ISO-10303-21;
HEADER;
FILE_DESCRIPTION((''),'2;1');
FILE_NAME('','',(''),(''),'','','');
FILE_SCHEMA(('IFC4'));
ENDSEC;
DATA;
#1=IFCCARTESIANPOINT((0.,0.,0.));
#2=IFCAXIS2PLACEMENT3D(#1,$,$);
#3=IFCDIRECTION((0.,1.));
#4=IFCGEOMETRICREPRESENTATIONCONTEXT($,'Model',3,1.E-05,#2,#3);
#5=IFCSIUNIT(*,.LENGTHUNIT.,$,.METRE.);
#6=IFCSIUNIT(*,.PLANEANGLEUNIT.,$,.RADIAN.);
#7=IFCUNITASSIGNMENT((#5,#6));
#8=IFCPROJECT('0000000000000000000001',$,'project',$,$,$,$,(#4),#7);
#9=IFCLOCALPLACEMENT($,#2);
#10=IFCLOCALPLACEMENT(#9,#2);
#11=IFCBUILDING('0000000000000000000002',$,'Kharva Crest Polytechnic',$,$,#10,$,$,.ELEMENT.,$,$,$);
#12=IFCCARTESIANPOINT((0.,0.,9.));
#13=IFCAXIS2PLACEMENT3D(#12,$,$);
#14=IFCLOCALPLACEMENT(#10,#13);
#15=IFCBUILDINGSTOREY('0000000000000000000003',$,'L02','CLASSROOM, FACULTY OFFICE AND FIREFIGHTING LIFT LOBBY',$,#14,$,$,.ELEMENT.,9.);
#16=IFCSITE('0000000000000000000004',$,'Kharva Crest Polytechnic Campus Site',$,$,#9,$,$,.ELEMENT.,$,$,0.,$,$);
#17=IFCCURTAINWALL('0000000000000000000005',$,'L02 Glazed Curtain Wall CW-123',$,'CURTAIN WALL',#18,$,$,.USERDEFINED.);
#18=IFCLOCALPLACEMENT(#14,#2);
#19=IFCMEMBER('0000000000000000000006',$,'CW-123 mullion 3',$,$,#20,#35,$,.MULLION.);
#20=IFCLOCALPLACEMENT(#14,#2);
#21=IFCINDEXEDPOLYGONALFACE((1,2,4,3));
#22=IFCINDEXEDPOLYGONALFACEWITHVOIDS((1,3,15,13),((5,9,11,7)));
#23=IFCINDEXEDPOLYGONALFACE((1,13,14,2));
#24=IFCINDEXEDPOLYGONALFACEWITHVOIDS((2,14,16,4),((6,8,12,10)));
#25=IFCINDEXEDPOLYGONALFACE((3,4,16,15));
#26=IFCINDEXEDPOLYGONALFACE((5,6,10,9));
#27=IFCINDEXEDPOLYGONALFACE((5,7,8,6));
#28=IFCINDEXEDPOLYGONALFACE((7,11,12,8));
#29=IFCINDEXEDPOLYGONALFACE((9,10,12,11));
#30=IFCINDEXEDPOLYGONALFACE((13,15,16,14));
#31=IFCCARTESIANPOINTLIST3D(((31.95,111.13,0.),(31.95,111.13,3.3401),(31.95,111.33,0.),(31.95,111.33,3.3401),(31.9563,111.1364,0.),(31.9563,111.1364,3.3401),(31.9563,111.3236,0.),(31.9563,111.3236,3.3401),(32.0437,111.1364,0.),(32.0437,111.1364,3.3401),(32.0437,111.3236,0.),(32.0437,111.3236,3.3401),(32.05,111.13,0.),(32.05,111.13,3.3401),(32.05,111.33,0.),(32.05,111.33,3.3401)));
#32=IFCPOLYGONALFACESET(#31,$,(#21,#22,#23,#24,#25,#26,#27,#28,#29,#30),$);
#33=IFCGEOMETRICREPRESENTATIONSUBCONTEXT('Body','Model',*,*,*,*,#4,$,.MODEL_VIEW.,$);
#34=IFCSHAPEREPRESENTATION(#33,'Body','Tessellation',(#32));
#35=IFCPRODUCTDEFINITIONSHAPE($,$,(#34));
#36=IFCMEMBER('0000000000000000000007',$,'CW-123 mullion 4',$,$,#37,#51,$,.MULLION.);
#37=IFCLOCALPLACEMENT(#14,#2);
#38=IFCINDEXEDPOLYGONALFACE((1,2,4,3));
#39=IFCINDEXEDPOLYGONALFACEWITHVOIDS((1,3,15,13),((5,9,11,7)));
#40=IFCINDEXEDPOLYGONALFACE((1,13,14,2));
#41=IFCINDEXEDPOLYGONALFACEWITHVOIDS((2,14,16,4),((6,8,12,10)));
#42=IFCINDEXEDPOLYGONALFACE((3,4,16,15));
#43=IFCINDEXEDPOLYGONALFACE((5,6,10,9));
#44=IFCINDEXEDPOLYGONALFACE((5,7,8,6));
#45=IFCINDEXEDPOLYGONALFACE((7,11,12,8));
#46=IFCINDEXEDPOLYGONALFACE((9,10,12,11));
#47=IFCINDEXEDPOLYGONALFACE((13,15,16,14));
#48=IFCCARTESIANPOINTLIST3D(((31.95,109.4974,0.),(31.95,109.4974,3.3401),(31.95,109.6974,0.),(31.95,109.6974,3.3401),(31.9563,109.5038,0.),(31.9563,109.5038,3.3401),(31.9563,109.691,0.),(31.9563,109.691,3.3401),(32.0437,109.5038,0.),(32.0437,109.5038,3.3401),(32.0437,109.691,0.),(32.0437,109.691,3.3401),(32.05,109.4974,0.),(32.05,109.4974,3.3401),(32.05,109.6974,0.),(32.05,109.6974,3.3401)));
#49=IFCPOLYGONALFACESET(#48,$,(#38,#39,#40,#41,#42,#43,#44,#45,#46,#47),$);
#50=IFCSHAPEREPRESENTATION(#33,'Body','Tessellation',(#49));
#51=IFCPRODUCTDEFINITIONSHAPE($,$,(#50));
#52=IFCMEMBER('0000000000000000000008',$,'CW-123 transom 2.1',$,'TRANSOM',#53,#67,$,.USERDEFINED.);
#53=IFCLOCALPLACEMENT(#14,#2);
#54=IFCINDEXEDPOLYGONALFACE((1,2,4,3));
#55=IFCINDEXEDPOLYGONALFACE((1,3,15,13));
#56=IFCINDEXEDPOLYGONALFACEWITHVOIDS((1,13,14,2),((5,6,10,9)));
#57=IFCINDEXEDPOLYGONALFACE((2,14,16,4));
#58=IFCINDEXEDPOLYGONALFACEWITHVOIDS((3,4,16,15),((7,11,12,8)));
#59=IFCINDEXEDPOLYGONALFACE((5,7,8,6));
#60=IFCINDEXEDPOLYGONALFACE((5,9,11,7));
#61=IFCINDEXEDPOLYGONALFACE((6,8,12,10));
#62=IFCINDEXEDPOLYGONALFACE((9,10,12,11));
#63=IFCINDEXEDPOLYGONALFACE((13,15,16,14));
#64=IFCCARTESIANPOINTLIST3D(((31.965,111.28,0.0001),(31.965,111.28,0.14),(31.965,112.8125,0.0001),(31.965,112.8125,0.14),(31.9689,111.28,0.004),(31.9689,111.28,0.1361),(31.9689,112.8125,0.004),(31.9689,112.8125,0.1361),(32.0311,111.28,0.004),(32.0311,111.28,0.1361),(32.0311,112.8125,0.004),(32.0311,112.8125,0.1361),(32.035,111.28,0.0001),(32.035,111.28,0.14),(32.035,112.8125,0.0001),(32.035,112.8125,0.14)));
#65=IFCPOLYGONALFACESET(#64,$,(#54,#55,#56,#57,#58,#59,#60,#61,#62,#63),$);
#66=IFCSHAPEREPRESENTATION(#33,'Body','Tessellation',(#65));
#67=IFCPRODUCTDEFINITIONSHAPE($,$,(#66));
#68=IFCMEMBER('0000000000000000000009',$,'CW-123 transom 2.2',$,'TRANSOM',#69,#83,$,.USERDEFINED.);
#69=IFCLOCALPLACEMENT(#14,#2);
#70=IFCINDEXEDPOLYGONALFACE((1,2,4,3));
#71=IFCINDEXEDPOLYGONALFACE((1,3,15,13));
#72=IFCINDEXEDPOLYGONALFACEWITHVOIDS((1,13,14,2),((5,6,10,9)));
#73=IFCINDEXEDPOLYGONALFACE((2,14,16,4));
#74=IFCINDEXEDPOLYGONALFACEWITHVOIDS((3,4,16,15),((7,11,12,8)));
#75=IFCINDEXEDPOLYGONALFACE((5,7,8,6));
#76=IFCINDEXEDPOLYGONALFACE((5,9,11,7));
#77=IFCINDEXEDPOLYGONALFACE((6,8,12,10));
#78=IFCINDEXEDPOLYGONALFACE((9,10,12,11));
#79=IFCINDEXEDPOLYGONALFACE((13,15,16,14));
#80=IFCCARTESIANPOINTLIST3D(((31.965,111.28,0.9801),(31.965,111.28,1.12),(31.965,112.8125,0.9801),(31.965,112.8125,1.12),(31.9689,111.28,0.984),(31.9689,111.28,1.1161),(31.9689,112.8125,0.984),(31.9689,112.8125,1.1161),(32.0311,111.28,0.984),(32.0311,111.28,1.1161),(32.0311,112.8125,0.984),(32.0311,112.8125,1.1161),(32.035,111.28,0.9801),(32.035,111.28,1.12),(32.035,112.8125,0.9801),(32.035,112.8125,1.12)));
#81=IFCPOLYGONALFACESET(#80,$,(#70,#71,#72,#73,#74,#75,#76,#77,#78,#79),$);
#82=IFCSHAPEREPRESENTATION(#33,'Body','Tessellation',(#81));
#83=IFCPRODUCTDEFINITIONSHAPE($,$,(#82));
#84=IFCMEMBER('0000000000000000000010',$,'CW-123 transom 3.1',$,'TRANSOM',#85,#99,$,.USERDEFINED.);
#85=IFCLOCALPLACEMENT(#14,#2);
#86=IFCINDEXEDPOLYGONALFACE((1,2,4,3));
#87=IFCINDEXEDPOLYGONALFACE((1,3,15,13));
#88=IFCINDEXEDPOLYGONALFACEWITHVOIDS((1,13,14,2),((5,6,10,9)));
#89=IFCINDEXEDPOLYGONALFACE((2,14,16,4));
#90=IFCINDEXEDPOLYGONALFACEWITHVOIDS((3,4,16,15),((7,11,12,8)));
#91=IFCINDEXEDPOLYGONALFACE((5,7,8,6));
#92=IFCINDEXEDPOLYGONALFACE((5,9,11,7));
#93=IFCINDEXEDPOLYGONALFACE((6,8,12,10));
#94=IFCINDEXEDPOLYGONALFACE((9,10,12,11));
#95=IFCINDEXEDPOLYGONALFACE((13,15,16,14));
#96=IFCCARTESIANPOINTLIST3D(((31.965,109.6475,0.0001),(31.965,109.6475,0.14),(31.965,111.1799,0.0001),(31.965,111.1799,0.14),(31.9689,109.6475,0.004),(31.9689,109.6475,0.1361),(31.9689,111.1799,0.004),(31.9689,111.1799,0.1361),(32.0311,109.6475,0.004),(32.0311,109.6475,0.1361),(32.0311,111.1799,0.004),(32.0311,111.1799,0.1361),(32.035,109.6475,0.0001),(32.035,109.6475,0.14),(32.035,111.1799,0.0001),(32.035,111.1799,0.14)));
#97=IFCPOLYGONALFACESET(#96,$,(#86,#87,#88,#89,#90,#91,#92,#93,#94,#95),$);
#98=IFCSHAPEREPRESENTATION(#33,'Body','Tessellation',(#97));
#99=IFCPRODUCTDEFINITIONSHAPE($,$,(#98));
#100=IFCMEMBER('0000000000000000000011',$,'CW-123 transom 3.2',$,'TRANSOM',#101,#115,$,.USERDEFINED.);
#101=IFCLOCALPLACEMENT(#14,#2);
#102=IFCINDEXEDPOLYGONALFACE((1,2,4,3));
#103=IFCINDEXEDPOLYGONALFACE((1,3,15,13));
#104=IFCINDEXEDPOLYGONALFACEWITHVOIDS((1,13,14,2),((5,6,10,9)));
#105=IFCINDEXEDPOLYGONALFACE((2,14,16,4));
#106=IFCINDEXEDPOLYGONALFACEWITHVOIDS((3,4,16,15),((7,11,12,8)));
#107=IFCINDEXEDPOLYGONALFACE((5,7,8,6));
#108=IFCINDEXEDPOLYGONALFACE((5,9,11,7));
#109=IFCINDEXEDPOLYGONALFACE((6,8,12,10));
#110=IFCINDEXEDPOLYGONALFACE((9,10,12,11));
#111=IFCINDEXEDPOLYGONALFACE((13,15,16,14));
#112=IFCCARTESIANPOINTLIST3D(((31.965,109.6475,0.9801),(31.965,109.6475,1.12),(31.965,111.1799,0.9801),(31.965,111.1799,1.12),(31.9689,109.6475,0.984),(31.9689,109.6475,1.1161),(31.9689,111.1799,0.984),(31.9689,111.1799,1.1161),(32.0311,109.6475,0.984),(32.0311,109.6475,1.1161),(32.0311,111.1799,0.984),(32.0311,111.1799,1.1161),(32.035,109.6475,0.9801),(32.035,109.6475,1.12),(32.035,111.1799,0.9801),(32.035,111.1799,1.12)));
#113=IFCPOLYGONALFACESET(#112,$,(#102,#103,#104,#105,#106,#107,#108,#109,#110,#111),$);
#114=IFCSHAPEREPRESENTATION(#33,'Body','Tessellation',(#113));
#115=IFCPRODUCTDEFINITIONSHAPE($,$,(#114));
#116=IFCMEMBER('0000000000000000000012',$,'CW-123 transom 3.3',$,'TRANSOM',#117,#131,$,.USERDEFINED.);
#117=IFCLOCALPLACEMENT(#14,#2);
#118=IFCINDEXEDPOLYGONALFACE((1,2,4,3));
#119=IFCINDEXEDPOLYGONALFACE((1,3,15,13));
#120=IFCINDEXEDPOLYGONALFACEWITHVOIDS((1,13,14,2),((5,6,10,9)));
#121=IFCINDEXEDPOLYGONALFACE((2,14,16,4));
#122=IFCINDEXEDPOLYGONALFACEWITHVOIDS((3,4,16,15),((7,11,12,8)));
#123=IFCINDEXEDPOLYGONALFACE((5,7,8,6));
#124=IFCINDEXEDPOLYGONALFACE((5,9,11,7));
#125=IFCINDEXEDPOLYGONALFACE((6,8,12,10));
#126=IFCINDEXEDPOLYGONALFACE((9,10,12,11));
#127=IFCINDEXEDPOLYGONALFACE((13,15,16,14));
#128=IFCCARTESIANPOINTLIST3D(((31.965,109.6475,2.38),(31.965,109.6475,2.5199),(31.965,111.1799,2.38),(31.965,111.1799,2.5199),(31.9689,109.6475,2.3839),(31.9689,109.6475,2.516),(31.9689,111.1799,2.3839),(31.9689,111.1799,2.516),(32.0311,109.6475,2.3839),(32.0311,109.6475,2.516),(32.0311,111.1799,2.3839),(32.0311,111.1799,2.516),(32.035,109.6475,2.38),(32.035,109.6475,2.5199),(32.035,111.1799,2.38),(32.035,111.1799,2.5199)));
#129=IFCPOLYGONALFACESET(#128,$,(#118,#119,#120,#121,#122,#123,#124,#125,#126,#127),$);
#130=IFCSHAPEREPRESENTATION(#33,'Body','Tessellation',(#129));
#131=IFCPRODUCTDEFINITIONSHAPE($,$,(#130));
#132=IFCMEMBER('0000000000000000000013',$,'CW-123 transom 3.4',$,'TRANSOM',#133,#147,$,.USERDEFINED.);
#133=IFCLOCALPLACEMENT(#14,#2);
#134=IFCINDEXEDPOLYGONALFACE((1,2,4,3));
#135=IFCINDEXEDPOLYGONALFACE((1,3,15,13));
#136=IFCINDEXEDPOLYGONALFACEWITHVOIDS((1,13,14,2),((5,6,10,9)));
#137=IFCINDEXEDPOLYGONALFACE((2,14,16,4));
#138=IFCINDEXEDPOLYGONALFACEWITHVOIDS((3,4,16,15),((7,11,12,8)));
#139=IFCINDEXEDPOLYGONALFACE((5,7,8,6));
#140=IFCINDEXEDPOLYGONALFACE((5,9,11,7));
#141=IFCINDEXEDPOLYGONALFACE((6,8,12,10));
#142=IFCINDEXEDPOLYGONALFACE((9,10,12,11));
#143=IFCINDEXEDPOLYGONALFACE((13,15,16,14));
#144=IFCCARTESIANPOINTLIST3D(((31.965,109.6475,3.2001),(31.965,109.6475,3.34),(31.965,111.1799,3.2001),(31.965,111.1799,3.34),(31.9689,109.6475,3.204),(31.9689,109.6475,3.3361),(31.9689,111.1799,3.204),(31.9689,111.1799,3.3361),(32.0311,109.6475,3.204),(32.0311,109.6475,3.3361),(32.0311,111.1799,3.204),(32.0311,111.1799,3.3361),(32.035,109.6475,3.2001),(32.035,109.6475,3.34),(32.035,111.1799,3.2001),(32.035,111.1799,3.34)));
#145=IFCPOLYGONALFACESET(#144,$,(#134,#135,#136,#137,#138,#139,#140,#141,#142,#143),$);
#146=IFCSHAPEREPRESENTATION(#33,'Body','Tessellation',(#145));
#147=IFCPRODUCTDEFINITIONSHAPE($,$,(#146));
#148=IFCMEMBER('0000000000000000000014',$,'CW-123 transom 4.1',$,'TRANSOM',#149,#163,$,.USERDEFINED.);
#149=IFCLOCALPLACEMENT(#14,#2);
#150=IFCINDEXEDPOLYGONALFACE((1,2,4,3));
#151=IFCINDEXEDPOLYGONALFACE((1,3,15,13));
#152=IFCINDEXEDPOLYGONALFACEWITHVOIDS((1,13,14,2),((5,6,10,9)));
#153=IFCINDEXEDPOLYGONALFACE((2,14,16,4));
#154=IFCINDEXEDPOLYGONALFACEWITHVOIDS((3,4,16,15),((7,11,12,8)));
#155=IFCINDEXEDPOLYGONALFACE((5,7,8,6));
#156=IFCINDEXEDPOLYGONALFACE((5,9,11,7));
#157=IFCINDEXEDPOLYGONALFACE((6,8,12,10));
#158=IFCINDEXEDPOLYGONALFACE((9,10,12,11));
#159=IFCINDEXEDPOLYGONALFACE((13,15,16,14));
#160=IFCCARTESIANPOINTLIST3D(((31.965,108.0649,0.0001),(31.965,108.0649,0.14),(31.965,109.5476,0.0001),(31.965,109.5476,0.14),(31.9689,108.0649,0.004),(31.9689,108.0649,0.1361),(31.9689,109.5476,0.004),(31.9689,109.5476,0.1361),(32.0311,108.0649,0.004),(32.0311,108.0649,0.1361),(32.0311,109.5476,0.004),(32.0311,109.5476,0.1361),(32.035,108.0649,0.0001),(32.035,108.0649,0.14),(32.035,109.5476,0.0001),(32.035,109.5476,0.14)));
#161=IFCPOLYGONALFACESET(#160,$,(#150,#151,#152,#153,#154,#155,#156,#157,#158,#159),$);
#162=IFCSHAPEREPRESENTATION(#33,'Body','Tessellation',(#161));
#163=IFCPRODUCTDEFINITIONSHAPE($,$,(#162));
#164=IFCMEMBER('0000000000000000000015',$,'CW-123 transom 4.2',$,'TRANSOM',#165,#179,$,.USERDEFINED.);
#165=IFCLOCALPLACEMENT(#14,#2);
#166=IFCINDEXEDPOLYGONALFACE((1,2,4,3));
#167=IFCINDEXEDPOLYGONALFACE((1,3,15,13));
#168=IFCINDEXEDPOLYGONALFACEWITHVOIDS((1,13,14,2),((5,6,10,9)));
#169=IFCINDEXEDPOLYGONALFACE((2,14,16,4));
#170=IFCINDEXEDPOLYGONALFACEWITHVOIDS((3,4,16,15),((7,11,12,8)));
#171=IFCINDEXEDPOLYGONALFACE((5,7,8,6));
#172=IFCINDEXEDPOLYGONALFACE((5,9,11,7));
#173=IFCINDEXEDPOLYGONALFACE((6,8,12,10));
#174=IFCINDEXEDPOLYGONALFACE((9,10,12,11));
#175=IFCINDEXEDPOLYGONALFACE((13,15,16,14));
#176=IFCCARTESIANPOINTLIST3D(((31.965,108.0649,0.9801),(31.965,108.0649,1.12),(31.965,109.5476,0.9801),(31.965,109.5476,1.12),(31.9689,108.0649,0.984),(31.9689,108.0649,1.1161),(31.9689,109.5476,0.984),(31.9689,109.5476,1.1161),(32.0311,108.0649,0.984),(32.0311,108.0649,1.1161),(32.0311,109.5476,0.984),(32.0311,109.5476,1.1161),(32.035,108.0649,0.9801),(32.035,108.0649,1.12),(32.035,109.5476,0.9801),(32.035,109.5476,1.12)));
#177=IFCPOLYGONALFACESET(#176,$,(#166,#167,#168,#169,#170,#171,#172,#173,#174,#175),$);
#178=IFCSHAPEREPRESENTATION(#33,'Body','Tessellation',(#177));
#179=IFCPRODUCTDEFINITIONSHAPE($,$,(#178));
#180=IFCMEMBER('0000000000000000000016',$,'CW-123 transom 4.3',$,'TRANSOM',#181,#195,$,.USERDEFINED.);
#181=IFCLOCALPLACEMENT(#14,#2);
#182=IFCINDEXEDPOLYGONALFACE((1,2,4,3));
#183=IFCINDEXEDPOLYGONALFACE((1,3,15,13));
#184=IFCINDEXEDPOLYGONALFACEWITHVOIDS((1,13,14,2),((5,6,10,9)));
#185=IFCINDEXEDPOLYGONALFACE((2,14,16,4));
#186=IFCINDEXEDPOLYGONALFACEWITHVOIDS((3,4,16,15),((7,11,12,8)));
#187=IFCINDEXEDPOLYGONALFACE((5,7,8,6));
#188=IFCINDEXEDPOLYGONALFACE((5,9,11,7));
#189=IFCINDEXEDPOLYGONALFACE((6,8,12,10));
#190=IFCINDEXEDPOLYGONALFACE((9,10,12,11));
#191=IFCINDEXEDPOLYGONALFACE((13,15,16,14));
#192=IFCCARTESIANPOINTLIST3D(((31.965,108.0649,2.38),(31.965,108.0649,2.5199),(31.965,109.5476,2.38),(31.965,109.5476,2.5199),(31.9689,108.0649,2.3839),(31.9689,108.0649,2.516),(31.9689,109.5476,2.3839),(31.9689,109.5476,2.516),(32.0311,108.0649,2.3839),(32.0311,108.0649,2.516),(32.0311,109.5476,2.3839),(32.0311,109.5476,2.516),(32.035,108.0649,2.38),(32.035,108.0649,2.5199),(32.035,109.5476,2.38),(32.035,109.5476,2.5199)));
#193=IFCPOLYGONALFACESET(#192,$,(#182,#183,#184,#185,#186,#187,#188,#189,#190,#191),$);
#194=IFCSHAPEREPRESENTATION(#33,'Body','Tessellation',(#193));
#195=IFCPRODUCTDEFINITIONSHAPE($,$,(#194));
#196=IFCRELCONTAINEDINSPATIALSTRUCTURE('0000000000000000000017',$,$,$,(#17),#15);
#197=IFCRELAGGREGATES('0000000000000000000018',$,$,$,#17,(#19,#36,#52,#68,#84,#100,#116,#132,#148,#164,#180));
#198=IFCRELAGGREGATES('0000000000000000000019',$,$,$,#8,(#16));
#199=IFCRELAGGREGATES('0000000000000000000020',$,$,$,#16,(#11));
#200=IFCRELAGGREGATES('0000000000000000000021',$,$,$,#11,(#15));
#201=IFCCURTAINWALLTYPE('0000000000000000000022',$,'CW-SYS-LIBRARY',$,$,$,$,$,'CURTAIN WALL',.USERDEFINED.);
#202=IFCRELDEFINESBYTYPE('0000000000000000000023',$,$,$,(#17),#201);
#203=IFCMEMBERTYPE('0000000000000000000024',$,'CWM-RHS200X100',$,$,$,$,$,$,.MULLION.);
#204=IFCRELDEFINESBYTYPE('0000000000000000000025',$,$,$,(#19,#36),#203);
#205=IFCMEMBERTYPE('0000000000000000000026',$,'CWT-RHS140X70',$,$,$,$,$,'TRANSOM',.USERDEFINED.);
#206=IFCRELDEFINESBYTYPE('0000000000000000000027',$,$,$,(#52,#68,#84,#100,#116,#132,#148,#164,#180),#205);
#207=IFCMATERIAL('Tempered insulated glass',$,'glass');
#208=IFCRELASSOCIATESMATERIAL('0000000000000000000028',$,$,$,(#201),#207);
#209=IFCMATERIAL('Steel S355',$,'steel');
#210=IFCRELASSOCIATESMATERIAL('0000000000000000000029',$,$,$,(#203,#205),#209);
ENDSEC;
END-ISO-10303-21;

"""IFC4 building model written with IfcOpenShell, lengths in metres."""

from ifc_helpers import new_model, si_unit, direction, frame, origin, origin_2d, place, context, subcontext, project, spatial, hollow_rectangle, extrude, material, material_profile, profile_set, type_object, element, aggregate, save


model = new_model("IFC4")

# Units and contexts
model_context = context("Model", 3, precision=1e-05, world=origin(), true_north=direction((0.0, 1.0)))
body_context = subcontext(model_context, "Body", "Model", "MODEL_VIEW")
ifc_project = project(units=[si_unit("LENGTHUNIT", "METRE"), si_unit("PLANEANGLEUNIT", "RADIAN")], contexts=[model_context])

# Site, building, storey
site_placement = place(None, origin())
site = spatial("IfcSite", under=ifc_project, at=site_placement, Name="Kharva Crest Polytechnic Campus Site", CompositionType="ELEMENT", RefElevation=0.0)
building_placement = place(site_placement, origin())
building = spatial("IfcBuilding", under=site, at=building_placement, Name="Kharva Crest Polytechnic", CompositionType="ELEMENT")
storey_placement = place(building_placement, frame((0.0, 0.0, 9.0)))
storey = spatial("IfcBuildingStorey", under=building, at=storey_placement, Name="L02", Description="CLASSROOM, FACULTY OFFICE AND FIREFIGHTING LIFT LOBBY", CompositionType="ELEMENT", Elevation=9.0)

# Curtain wall, members
ifc_material_1 = material(Name="Tempered insulated glass", Category="glass")
curtain_wall_type = type_object("IfcCurtainWallType", Name="CW-SYS-LIBRARY", ElementType="CURTAIN WALL", PredefinedType="USERDEFINED", material=ifc_material_1)
curtain_wall_placement = place(storey_placement, origin())
curtain_wall = element("IfcCurtainWall", 1, at=curtain_wall_placement, inside=storey, type_object=curtain_wall_type, Name="L02 Glazed Curtain Wall CW-123", ObjectType="CURTAIN WALL", PredefinedType="USERDEFINED")
ifc_material_2 = material(Name="Steel S355", Category="steel")
ifc_material_profile_1 = material_profile(ifc_material_2, hollow_rectangle(XDim=0.1001, YDim=0.2, WallThickness=0.0063, at=origin_2d()), Name="RHS 200X100X6.3")
ifc_profile_set_1 = profile_set([ifc_material_profile_1], Name="Steel S355")
member_type_1 = type_object("IfcMemberType", Name="CWM-RHS200X100", PredefinedType="MULLION", material=ifc_profile_set_1)
member_1_placement = place(storey_placement, frame((32.0, 111.23, 0.0), z_axis=(0.0, 0.0, 1.0), x_axis=(1.0, 0.0, 0.0)))
member_1 = element("IfcMember", 2, at=member_1_placement, type_object=member_type_1, Name="CW-123 mullion 3", PredefinedType="MULLION", context=body_context, shape_type="SweptSolid", body=[
    extrude(hollow_rectangle(XDim=0.1001, YDim=0.2, WallThickness=0.0063, at=origin_2d()), origin(), (0.0, 0.0, 1.0), 3.3401),
])
member_2_placement = place(storey_placement, frame((32.0, 109.5974, 0.0), z_axis=(0.0, 0.0, 1.0), x_axis=(1.0, 0.0, 0.0)))
member_2 = element("IfcMember", 3, at=member_2_placement, type_object=member_type_1, Name="CW-123 mullion 4", PredefinedType="MULLION", context=body_context, shape_type="SweptSolid", body=[
    extrude(hollow_rectangle(XDim=0.1001, YDim=0.2, WallThickness=0.0063, at=origin_2d()), origin(), (0.0, 0.0, 1.0), 3.3401),
])
ifc_material_profile_2 = material_profile(ifc_material_2, hollow_rectangle(XDim=0.0701, YDim=0.1399, WallThickness=0.0039, at=origin_2d()), Name="RHS 140X70X4.0")
ifc_profile_set_2 = profile_set([ifc_material_profile_2], Name="Steel S355")
member_type_2 = type_object("IfcMemberType", Name="CWT-RHS140X70", ElementType="TRANSOM", PredefinedType="USERDEFINED", material=ifc_profile_set_2)
member_3_placement = place(storey_placement, frame((32.0, 112.8125, 0.0701), z_axis=(0.0, -1.0, 0.0), x_axis=(1.0, 0.0, 0.0)))
member_3 = element("IfcMember", 4, at=member_3_placement, type_object=member_type_2, Name="CW-123 transom 2.1", ObjectType="TRANSOM", PredefinedType="USERDEFINED", context=body_context, shape_type="SweptSolid", body=[
    extrude(hollow_rectangle(XDim=0.0701, YDim=0.1399, WallThickness=0.0039, at=origin_2d()), origin(), (0.0, 0.0, 1.0), 1.5325),
])
member_4_placement = place(storey_placement, frame((32.0, 112.8125, 1.05), z_axis=(0.0, -1.0, 0.0), x_axis=(1.0, 0.0, 0.0)))
member_4 = element("IfcMember", 5, at=member_4_placement, type_object=member_type_2, Name="CW-123 transom 2.2", ObjectType="TRANSOM", PredefinedType="USERDEFINED", context=body_context, shape_type="SweptSolid", body=[
    extrude(hollow_rectangle(XDim=0.0701, YDim=0.1399, WallThickness=0.0039, at=origin_2d()), origin(), (0.0, 0.0, 1.0), 1.5325),
])
member_5_placement = place(storey_placement, frame((32.0, 111.1799, 0.0701), z_axis=(0.0, -1.0, 0.0), x_axis=(1.0, 0.0, 0.0)))
member_5 = element("IfcMember", 6, at=member_5_placement, type_object=member_type_2, Name="CW-123 transom 3.1", ObjectType="TRANSOM", PredefinedType="USERDEFINED", context=body_context, shape_type="SweptSolid", body=[
    extrude(hollow_rectangle(XDim=0.0701, YDim=0.1399, WallThickness=0.0039, at=origin_2d()), origin(), (0.0, 0.0, 1.0), 1.5325),
])
member_6_placement = place(storey_placement, frame((32.0, 111.1799, 1.05), z_axis=(0.0, -1.0, 0.0), x_axis=(1.0, 0.0, 0.0)))
member_6 = element("IfcMember", 7, at=member_6_placement, type_object=member_type_2, Name="CW-123 transom 3.2", ObjectType="TRANSOM", PredefinedType="USERDEFINED", context=body_context, shape_type="SweptSolid", body=[
    extrude(hollow_rectangle(XDim=0.0701, YDim=0.1399, WallThickness=0.0039, at=origin_2d()), origin(), (0.0, 0.0, 1.0), 1.5325),
])
member_7_placement = place(storey_placement, frame((32.0, 111.1799, 2.45), z_axis=(0.0, -1.0, 0.0), x_axis=(1.0, 0.0, 0.0)))
member_7 = element("IfcMember", 8, at=member_7_placement, type_object=member_type_2, Name="CW-123 transom 3.3", ObjectType="TRANSOM", PredefinedType="USERDEFINED", context=body_context, shape_type="SweptSolid", body=[
    extrude(hollow_rectangle(XDim=0.0701, YDim=0.1399, WallThickness=0.0039, at=origin_2d()), origin(), (0.0, 0.0, 1.0), 1.5325),
])
member_8_placement = place(storey_placement, frame((32.0, 111.1799, 3.27), z_axis=(0.0, -1.0, 0.0), x_axis=(1.0, 0.0, 0.0)))
member_8 = element("IfcMember", 9, at=member_8_placement, type_object=member_type_2, Name="CW-123 transom 3.4", ObjectType="TRANSOM", PredefinedType="USERDEFINED", context=body_context, shape_type="SweptSolid", body=[
    extrude(hollow_rectangle(XDim=0.0701, YDim=0.1399, WallThickness=0.0039, at=origin_2d()), origin(), (0.0, 0.0, 1.0), 1.5325),
])
member_9_placement = place(storey_placement, frame((32.0, 109.5476, 0.0701), z_axis=(0.0, -1.0, 0.0), x_axis=(1.0, 0.0, 0.0)))
member_9 = element("IfcMember", 10, at=member_9_placement, type_object=member_type_2, Name="CW-123 transom 4.1", ObjectType="TRANSOM", PredefinedType="USERDEFINED", context=body_context, shape_type="SweptSolid", body=[
    extrude(hollow_rectangle(XDim=0.0701, YDim=0.1399, WallThickness=0.0039, at=origin_2d()), origin(), (0.0, 0.0, 1.0), 1.4827),
])
member_10_placement = place(storey_placement, frame((32.0, 109.5476, 1.05), z_axis=(0.0, -1.0, 0.0), x_axis=(1.0, 0.0, 0.0)))
member_10 = element("IfcMember", 11, at=member_10_placement, type_object=member_type_2, Name="CW-123 transom 4.2", ObjectType="TRANSOM", PredefinedType="USERDEFINED", context=body_context, shape_type="SweptSolid", body=[
    extrude(hollow_rectangle(XDim=0.0701, YDim=0.1399, WallThickness=0.0039, at=origin_2d()), origin(), (0.0, 0.0, 1.0), 1.4827),
])
member_11_placement = place(storey_placement, frame((32.0, 109.5476, 2.45), z_axis=(0.0, -1.0, 0.0), x_axis=(1.0, 0.0, 0.0)))
member_11 = element("IfcMember", 12, at=member_11_placement, type_object=member_type_2, Name="CW-123 transom 4.3", ObjectType="TRANSOM", PredefinedType="USERDEFINED", context=body_context, shape_type="SweptSolid", body=[
    extrude(hollow_rectangle(XDim=0.0701, YDim=0.1399, WallThickness=0.0039, at=origin_2d()), origin(), (0.0, 0.0, 1.0), 1.4827),
])

aggregate(curtain_wall, [member_1, member_2, member_3, member_4, member_5, member_6, member_7, member_8, member_9, member_10, member_11])

save(model, "model.ifc")
